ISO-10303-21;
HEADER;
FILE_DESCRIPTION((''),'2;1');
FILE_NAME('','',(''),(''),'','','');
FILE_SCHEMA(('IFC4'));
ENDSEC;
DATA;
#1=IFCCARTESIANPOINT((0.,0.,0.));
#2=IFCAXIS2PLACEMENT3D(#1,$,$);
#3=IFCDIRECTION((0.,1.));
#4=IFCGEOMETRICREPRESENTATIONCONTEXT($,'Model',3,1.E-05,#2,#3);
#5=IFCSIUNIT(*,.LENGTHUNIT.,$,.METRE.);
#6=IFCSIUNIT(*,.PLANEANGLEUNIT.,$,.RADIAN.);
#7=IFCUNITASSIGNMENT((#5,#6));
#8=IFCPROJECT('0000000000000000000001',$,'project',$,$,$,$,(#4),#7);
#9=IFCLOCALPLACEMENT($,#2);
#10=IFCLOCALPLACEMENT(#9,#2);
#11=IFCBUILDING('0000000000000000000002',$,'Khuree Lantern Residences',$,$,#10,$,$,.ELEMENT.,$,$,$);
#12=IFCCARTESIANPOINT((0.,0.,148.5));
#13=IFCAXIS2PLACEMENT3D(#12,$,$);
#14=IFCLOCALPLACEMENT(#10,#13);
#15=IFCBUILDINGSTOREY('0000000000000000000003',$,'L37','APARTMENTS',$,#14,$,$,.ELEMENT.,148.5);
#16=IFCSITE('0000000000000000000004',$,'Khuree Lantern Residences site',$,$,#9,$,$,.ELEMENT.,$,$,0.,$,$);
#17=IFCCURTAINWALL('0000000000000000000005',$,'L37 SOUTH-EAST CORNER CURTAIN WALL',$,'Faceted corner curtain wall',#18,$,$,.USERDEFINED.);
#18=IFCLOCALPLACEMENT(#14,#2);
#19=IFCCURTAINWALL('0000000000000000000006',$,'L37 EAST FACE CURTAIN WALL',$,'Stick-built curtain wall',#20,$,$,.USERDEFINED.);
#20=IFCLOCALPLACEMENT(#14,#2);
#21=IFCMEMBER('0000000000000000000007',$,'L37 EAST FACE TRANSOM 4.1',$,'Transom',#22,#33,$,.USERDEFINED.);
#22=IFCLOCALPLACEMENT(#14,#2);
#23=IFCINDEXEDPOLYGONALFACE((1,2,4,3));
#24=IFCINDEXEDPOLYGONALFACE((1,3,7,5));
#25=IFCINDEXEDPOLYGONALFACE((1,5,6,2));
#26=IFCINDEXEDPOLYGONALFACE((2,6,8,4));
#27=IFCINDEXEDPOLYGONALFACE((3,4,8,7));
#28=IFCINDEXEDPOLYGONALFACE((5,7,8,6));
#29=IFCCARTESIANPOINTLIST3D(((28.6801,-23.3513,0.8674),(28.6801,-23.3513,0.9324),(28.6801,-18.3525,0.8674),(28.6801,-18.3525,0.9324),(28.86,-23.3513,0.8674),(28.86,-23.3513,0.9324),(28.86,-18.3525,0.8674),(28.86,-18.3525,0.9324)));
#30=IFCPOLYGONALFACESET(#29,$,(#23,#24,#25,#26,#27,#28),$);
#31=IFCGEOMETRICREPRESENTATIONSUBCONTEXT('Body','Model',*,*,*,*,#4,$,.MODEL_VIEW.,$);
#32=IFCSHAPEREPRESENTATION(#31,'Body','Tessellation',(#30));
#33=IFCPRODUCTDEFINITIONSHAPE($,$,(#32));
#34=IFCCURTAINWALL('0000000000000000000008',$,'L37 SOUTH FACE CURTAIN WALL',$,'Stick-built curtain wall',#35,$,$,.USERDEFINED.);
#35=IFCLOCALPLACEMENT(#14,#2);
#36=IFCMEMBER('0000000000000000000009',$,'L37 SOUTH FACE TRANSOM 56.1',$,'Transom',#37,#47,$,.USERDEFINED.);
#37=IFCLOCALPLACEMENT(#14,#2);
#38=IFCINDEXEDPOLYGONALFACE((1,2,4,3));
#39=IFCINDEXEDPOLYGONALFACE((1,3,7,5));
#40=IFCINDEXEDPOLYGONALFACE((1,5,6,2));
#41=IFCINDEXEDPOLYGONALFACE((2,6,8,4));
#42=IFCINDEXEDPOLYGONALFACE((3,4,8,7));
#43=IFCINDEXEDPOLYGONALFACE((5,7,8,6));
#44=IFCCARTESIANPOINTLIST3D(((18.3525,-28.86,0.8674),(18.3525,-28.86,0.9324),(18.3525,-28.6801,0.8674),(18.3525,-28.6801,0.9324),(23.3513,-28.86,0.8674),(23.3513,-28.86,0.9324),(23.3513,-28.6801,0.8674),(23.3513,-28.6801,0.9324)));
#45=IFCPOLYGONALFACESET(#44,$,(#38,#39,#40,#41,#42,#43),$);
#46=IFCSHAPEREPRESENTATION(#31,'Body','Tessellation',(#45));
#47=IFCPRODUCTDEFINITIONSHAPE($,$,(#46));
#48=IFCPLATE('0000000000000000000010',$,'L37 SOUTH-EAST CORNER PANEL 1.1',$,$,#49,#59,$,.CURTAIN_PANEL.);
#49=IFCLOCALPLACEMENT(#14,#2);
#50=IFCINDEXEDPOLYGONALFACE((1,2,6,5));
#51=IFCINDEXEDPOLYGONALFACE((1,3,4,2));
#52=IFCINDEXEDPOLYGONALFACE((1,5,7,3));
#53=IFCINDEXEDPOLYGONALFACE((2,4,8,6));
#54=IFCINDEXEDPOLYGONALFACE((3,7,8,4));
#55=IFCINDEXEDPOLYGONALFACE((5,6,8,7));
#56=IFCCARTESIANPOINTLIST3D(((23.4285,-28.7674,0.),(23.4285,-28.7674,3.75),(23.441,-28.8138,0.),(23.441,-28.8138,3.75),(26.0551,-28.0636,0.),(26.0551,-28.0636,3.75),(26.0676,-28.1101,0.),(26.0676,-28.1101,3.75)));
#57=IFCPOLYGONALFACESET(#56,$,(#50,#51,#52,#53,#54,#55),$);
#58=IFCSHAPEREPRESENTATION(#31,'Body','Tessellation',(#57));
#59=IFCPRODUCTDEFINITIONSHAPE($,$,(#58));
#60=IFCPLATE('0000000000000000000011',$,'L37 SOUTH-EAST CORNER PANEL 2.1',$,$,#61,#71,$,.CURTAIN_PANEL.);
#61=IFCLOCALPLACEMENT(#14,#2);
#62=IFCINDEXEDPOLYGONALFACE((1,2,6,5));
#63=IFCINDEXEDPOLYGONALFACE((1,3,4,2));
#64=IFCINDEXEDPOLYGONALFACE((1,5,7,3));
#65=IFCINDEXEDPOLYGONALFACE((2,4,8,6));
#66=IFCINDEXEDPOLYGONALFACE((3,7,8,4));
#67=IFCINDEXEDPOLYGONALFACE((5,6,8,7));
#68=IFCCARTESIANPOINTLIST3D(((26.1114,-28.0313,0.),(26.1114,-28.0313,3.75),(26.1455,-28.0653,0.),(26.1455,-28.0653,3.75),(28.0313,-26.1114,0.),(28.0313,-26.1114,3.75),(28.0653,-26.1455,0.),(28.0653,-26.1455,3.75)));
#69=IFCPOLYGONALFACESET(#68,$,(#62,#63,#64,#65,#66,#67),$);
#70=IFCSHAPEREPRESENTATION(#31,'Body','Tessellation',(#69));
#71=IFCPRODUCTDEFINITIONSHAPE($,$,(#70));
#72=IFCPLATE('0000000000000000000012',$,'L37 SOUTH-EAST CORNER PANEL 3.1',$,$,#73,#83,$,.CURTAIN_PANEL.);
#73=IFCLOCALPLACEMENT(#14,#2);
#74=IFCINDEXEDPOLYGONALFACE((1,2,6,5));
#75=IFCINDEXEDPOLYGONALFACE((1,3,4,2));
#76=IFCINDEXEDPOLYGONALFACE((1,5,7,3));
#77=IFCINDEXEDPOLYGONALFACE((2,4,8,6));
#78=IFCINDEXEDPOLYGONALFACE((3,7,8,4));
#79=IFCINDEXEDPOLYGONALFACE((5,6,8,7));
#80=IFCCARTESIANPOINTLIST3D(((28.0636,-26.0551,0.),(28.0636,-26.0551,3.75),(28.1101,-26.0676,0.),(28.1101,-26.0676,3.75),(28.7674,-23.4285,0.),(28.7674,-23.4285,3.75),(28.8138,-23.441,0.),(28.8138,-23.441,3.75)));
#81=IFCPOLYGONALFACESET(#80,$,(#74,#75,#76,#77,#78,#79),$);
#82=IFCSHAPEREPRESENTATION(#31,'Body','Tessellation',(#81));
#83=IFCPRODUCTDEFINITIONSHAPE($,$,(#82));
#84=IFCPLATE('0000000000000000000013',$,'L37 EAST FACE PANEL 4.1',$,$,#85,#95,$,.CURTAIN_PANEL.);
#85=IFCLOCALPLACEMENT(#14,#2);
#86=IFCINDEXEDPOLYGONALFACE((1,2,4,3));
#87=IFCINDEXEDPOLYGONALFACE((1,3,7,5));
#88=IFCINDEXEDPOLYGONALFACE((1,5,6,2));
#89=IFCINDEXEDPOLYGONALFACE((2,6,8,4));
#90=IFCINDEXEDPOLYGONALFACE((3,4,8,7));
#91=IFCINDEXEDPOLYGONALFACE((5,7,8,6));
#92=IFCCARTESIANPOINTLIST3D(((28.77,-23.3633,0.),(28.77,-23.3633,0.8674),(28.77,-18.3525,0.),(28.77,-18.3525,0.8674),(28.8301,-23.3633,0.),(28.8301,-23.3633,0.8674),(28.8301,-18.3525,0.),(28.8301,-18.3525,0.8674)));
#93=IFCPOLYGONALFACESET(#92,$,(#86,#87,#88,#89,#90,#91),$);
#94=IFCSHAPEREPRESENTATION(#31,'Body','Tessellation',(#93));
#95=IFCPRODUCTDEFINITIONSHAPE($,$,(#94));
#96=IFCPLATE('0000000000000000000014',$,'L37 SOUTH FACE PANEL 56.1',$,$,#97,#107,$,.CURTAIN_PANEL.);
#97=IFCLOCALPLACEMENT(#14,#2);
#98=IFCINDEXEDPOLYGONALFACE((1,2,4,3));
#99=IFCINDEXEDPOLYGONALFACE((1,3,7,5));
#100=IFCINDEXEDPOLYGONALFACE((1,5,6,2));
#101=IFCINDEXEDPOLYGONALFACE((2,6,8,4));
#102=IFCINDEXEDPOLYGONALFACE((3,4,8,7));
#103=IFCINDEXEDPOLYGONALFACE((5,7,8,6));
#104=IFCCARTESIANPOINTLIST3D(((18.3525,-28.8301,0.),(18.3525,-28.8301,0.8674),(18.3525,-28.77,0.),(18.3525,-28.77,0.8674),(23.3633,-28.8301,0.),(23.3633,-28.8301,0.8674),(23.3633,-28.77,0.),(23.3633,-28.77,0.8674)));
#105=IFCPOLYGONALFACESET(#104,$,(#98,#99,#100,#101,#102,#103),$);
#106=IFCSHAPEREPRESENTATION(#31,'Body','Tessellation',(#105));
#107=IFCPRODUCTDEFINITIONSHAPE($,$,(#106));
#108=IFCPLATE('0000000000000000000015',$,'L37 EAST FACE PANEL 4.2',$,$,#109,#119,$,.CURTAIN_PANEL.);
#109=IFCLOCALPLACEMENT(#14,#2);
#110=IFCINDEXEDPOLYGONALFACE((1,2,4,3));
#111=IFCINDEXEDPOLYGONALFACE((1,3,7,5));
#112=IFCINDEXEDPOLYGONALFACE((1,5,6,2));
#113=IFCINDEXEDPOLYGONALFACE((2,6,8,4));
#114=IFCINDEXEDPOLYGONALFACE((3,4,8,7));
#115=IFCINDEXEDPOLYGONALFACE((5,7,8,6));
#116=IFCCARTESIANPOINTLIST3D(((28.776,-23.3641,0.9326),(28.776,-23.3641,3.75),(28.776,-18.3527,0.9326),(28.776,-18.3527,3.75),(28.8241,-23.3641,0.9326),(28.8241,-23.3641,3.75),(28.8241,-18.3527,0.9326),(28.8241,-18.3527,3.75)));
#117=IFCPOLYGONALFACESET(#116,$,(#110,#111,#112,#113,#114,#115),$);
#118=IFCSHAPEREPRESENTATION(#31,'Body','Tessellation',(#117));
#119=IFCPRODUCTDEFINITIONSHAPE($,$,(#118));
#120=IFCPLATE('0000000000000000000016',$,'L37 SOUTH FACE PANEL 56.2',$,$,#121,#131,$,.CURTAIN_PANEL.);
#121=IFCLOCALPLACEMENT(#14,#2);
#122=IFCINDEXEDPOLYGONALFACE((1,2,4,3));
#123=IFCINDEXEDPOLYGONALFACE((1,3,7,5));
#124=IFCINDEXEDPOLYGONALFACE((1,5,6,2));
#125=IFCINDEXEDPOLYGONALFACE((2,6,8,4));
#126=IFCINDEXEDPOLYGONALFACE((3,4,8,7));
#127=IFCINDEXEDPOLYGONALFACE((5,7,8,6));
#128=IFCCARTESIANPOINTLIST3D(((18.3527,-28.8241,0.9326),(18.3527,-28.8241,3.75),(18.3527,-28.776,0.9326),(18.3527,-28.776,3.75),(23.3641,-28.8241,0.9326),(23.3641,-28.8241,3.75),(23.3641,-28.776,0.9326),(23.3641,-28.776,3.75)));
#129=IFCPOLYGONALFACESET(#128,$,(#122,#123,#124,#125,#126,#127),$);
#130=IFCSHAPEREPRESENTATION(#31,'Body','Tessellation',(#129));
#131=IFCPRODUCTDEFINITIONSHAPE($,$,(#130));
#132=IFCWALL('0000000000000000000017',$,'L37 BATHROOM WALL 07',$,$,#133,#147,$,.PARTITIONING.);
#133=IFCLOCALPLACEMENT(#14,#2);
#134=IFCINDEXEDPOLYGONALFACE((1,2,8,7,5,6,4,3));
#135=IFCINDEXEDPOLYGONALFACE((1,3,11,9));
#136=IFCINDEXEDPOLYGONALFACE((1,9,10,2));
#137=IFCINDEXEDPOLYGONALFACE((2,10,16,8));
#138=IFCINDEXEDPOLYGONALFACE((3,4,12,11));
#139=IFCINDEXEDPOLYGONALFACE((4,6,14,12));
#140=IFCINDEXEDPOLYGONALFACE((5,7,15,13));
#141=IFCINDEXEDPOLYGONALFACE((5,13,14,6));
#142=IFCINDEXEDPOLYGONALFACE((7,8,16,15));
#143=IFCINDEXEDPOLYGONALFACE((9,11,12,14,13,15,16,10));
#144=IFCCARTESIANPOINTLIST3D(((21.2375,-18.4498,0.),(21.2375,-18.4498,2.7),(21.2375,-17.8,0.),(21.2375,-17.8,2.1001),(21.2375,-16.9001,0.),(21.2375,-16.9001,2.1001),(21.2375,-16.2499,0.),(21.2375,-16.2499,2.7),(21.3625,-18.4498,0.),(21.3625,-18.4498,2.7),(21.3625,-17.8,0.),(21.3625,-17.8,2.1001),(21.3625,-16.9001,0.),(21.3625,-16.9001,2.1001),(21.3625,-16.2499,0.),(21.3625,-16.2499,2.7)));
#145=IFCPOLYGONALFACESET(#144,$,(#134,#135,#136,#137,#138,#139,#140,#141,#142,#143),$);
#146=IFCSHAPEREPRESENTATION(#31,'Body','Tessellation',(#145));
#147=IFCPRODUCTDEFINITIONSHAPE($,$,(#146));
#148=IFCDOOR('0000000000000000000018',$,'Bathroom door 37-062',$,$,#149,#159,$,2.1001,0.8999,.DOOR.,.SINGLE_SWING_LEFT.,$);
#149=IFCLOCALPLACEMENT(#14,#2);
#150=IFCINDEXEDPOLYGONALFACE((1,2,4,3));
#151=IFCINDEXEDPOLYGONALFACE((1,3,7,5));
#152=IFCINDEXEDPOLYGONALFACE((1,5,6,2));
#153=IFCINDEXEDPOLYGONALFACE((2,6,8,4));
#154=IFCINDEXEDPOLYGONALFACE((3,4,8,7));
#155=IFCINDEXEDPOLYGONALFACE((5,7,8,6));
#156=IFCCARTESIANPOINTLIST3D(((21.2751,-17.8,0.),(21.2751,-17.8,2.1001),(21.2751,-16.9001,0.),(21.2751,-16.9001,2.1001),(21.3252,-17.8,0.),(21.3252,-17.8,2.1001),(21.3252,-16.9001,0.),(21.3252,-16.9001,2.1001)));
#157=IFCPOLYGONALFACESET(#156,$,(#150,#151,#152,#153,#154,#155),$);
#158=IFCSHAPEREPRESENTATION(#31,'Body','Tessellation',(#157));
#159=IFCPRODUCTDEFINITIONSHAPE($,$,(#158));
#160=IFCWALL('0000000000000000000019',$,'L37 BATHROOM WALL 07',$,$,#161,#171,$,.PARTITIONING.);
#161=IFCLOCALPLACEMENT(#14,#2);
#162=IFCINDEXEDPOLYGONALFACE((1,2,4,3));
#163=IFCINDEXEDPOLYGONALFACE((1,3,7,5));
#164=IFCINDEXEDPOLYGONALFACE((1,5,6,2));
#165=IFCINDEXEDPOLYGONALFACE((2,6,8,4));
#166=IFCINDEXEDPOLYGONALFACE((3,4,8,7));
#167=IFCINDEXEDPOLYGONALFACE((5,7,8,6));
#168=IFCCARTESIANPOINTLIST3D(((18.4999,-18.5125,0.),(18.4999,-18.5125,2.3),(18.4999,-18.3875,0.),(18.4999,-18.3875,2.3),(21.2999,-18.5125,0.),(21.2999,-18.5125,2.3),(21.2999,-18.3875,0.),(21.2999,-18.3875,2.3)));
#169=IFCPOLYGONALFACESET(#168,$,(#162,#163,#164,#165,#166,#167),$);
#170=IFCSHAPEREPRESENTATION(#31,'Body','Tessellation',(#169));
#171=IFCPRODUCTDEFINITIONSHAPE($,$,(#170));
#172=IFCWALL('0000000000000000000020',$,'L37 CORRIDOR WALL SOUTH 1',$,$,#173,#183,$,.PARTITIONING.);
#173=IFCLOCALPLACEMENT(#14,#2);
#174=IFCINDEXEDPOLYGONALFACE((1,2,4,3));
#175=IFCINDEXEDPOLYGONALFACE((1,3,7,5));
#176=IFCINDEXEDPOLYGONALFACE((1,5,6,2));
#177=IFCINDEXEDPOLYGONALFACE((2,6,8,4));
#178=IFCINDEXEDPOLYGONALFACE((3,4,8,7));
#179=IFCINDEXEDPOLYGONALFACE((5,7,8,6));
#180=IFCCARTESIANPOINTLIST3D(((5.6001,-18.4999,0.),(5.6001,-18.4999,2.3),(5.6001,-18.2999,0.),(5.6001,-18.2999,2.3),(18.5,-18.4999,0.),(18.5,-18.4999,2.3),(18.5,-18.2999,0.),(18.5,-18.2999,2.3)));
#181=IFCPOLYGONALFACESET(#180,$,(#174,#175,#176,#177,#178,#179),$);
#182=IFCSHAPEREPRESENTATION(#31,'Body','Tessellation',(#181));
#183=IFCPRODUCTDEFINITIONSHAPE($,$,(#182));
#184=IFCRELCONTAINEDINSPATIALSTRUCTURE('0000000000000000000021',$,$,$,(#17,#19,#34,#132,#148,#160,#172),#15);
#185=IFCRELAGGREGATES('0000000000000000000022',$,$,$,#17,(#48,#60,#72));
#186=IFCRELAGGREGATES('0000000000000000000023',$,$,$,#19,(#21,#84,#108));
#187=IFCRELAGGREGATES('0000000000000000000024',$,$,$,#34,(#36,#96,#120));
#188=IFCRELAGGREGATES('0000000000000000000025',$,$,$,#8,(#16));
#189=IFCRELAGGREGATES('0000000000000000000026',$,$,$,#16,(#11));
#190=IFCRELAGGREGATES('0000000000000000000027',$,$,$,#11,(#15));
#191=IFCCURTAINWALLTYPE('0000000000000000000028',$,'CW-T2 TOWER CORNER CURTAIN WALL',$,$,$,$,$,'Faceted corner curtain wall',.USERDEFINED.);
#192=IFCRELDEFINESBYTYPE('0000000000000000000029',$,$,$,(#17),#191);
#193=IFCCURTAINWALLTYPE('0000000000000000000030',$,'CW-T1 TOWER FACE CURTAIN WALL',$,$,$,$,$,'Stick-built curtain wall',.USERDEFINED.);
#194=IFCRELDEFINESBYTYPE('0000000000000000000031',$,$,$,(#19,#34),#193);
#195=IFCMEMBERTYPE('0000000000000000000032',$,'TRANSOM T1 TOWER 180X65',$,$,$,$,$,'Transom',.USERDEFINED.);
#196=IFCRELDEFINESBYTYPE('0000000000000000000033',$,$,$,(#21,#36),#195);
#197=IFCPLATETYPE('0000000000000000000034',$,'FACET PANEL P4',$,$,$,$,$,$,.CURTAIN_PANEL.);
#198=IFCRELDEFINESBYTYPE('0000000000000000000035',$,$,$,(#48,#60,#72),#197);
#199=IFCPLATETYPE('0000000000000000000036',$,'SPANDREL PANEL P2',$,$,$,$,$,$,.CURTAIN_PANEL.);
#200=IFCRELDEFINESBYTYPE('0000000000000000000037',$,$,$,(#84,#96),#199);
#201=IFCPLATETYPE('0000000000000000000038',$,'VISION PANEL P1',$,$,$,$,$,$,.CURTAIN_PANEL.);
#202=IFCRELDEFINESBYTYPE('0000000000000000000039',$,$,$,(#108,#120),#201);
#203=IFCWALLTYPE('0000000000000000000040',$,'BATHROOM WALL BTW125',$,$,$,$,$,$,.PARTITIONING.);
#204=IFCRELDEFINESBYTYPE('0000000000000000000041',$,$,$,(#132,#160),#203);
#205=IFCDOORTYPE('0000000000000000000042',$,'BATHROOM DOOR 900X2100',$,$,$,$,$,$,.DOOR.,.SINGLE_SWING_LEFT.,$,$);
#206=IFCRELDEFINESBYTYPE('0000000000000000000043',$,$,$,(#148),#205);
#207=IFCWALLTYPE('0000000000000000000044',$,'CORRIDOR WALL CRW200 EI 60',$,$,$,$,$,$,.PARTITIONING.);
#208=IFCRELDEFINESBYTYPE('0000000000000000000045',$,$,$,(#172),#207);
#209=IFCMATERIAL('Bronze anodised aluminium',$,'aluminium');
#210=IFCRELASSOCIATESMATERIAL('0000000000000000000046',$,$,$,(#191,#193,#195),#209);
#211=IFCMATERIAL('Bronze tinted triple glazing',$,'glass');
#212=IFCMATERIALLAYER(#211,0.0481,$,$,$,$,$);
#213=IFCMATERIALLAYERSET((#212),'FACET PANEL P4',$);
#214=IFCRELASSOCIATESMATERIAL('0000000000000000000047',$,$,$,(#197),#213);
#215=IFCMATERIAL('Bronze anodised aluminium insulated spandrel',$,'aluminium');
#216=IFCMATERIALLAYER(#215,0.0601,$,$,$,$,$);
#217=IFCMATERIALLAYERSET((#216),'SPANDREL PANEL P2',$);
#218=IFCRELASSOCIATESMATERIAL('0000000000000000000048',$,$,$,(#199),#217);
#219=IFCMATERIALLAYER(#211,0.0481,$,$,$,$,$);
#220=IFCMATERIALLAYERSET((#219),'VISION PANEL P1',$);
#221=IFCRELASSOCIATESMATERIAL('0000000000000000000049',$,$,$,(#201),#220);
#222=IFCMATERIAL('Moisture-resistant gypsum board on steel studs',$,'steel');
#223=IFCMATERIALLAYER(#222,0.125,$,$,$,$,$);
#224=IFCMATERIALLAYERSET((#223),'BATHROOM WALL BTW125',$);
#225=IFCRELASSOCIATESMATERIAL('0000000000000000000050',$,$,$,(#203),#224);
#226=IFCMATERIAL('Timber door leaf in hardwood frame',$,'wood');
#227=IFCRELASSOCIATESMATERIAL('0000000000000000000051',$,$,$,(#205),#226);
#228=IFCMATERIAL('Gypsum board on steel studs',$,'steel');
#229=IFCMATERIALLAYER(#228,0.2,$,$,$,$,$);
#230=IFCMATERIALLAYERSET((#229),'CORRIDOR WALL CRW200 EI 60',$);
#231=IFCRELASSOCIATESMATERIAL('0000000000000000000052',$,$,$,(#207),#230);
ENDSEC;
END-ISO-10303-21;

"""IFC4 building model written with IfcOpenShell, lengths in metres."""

from ifc_helpers import new_model, si_unit, direction, frame, frame_2d, origin, origin_2d, place, context, subcontext, project, spatial, rectangle, extrude, material, layer, layer_set, material_profile, profile_set, type_object, element, fill, aggregate, save


model = new_model("IFC4")

# Units and contexts
model_context = context("Model", 3, precision=1e-05, world=origin(), true_north=direction((0.0, 1.0)))
body_context = subcontext(model_context, "Body", "Model", "MODEL_VIEW")
ifc_project = project(units=[si_unit("LENGTHUNIT", "METRE"), si_unit("PLANEANGLEUNIT", "RADIAN")], contexts=[model_context])

# Site, building, storey
site_placement = place(None, origin())
site = spatial("IfcSite", under=ifc_project, at=site_placement, Name="Khuree Lantern Residences site", CompositionType="ELEMENT", RefElevation=0.0)
building_placement = place(site_placement, origin())
building = spatial("IfcBuilding", under=site, at=building_placement, Name="Khuree Lantern Residences", CompositionType="ELEMENT")
storey_placement = place(building_placement, frame((0.0, 0.0, 148.5)))
storey = spatial("IfcBuildingStorey", under=building, at=storey_placement, Name="L37", Description="APARTMENTS", CompositionType="ELEMENT", Elevation=148.5)

# Curtain wall
ifc_material_1 = material(Name="Bronze anodised aluminium", Category="aluminium")
curtain_wall_type_1 = type_object("IfcCurtainWallType", Name="CW-T2 TOWER CORNER CURTAIN WALL", ElementType="Faceted corner curtain wall", PredefinedType="USERDEFINED", material=ifc_material_1)
curtain_wall_1_placement = place(storey_placement, origin())
curtain_wall_1 = element("IfcCurtainWall", 1, at=curtain_wall_1_placement, inside=storey, type_object=curtain_wall_type_1, Name="L37 SOUTH-EAST CORNER CURTAIN WALL", ObjectType="Faceted corner curtain wall", PredefinedType="USERDEFINED")

# Curtain wall, member
curtain_wall_type_2 = type_object("IfcCurtainWallType", Name="CW-T1 TOWER FACE CURTAIN WALL", ElementType="Stick-built curtain wall", PredefinedType="USERDEFINED", material=ifc_material_1)
curtain_wall_2_placement = place(storey_placement, origin())
curtain_wall_2 = element("IfcCurtainWall", 2, at=curtain_wall_2_placement, inside=storey, type_object=curtain_wall_type_2, Name="L37 EAST FACE CURTAIN WALL", ObjectType="Stick-built curtain wall", PredefinedType="USERDEFINED")
ifc_material_profile_1 = material_profile(ifc_material_1, rectangle(XDim=0.1799, YDim=0.0649, at=origin_2d()), Name="T1 180X65")
ifc_profile_set_1 = profile_set([ifc_material_profile_1], Name="Bronze anodised aluminium")
member_type_1 = type_object("IfcMemberType", Name="TRANSOM T1 TOWER 180X65", ElementType="Transom", PredefinedType="USERDEFINED", material=ifc_profile_set_1)
member_1_placement = place(storey_placement, frame((28.77, -23.3513, 0.8999), z_axis=(0.0, 1.0, 0.0), x_axis=(-1.0, 0.0, 0.0)))
member_1 = element("IfcMember", 3, at=member_1_placement, type_object=member_type_1, Name="L37 EAST FACE TRANSOM 4.1", ObjectType="Transom", PredefinedType="USERDEFINED", context=body_context, shape_type="SweptSolid", body=[
    extrude(rectangle(XDim=0.1799, YDim=0.0649, at=origin_2d()), origin(), (0.0, 0.0, 1.0), 4.9988),
])

# Curtain wall, member
curtain_wall_3_placement = place(storey_placement, origin())
curtain_wall_3 = element("IfcCurtainWall", 4, at=curtain_wall_3_placement, inside=storey, type_object=curtain_wall_type_2, Name="L37 SOUTH FACE CURTAIN WALL", ObjectType="Stick-built curtain wall", PredefinedType="USERDEFINED")
member_2_placement = place(storey_placement, frame((18.3525, -28.77, 0.8999), z_axis=(1.0, 0.0, 0.0), x_axis=(0.0, 1.0, 0.0)))
member_2 = element("IfcMember", 5, at=member_2_placement, type_object=member_type_1, Name="L37 SOUTH FACE TRANSOM 56.1", ObjectType="Transom", PredefinedType="USERDEFINED", context=body_context, shape_type="SweptSolid", body=[
    extrude(rectangle(XDim=0.1799, YDim=0.0649, at=origin_2d()), origin(), (0.0, 0.0, 1.0), 4.9988),
])

# Plates
ifc_material_2 = material(Name="Bronze tinted triple glazing", Category="glass")
ifc_layer_1 = layer(ifc_material_2, 0.0481)
ifc_layer_set_1 = layer_set([ifc_layer_1], Name="FACET PANEL P4")
plate_type_1 = type_object("IfcPlateType", Name="FACET PANEL P4", PredefinedType="CURTAIN_PANEL", material=ifc_layer_set_1)
plate_1_placement = place(storey_placement, frame((24.748, -28.4387, 0.0), z_axis=(0.0, 0.0, 1.0), x_axis=(0.965926, 0.258819, 0.0)))
plate_1 = element("IfcPlate", 6, at=plate_1_placement, type_object=plate_type_1, Name="L37 SOUTH-EAST CORNER PANEL 1.1", PredefinedType="CURTAIN_PANEL", context=body_context, shape_type="SweptSolid", body=[
    extrude(rectangle(XDim=2.7192, YDim=0.0481, at=origin_2d()), origin(), (0.0, 0.0, 1.0), 3.75),
])
plate_2_placement = place(storey_placement, frame((27.0884, -27.0884, 0.0), z_axis=(0.0, 0.0, 1.0), x_axis=(0.707107, 0.707107, 0.0)))
plate_2 = element("IfcPlate", 7, at=plate_2_placement, type_object=plate_type_1, Name="L37 SOUTH-EAST CORNER PANEL 2.1", PredefinedType="CURTAIN_PANEL", context=body_context, shape_type="SweptSolid", body=[
    extrude(rectangle(XDim=2.7151, YDim=0.0481, at=origin_2d()), origin(), (0.0, 0.0, 1.0), 3.75),
])
plate_3_placement = place(storey_placement, frame((28.4387, -24.748, 0.0), z_axis=(0.0, 0.0, 1.0), x_axis=(0.258819, 0.965926, 0.0)))
plate_3 = element("IfcPlate", 8, at=plate_3_placement, type_object=plate_type_1, Name="L37 SOUTH-EAST CORNER PANEL 3.1", PredefinedType="CURTAIN_PANEL", context=body_context, shape_type="SweptSolid", body=[
    extrude(rectangle(XDim=2.7192, YDim=0.0481, at=origin_2d()), origin(), (0.0, 0.0, 1.0), 3.75),
])
aggregate(curtain_wall_1, [plate_1, plate_2, plate_3])
ifc_material_3 = material(Name="Bronze anodised aluminium insulated spandrel", Category="aluminium")
ifc_layer_2 = layer(ifc_material_3, 0.0601)
ifc_layer_set_2 = layer_set([ifc_layer_2], Name="SPANDREL PANEL P2")
plate_type_2 = type_object("IfcPlateType", Name="SPANDREL PANEL P2", PredefinedType="CURTAIN_PANEL", material=ifc_layer_set_2)
plate_4_placement = place(storey_placement, frame((28.8, -20.8579, 0.0), z_axis=(0.0, 0.0, 1.0), x_axis=(0.0, 1.0, 0.0)))
plate_4 = element("IfcPlate", 9, at=plate_4_placement, type_object=plate_type_2, Name="L37 EAST FACE PANEL 4.1", PredefinedType="CURTAIN_PANEL", context=body_context, shape_type="SweptSolid", body=[
    extrude(rectangle(XDim=5.0107, YDim=0.0601, at=origin_2d()), origin(), (0.0, 0.0, 1.0), 0.8674),
])
plate_5_placement = place(storey_placement, frame((20.8579, -28.8, 0.0), z_axis=(0.0, 0.0, 1.0), x_axis=(1.0, 0.0, 0.0)))
plate_5 = element("IfcPlate", 10, at=plate_5_placement, type_object=plate_type_2, Name="L37 SOUTH FACE PANEL 56.1", PredefinedType="CURTAIN_PANEL", context=body_context, shape_type="SweptSolid", body=[
    extrude(rectangle(XDim=5.0107, YDim=0.0601, at=origin_2d()), origin(), (0.0, 0.0, 1.0), 0.8674),
])
ifc_layer_3 = layer(ifc_material_2, 0.0481)
ifc_layer_set_3 = layer_set([ifc_layer_3], Name="VISION PANEL P1")
plate_type_3 = type_object("IfcPlateType", Name="VISION PANEL P1", PredefinedType="CURTAIN_PANEL", material=ifc_layer_set_3)
plate_6_placement = place(storey_placement, frame((28.8, -20.8584, 0.9326), z_axis=(0.0, 0.0, 1.0), x_axis=(0.0, 1.0, 0.0)))
plate_6 = element("IfcPlate", 11, at=plate_6_placement, type_object=plate_type_3, Name="L37 EAST FACE PANEL 4.2", PredefinedType="CURTAIN_PANEL", context=body_context, shape_type="SweptSolid", body=[
    extrude(rectangle(XDim=5.0115, YDim=0.0481, at=origin_2d()), origin(), (0.0, 0.0, 1.0), 2.8174),
])
aggregate(curtain_wall_2, [member_1, plate_4, plate_6])
plate_7_placement = place(storey_placement, frame((20.8584, -28.8, 0.9326), z_axis=(0.0, 0.0, 1.0), x_axis=(1.0, 0.0, 0.0)))
plate_7 = element("IfcPlate", 12, at=plate_7_placement, type_object=plate_type_3, Name="L37 SOUTH FACE PANEL 56.2", PredefinedType="CURTAIN_PANEL", context=body_context, shape_type="SweptSolid", body=[
    extrude(rectangle(XDim=5.0115, YDim=0.0481, at=origin_2d()), origin(), (0.0, 0.0, 1.0), 2.8174),
])
aggregate(curtain_wall_3, [member_2, plate_5, plate_7])

# Wall, opening, door
ifc_material_4 = material(Name="Moisture-resistant gypsum board on steel studs", Category="steel")
ifc_layer_4 = layer(ifc_material_4, 0.125)
ifc_layer_set_4 = layer_set([ifc_layer_4], Name="BATHROOM WALL BTW125")
wall_type_1 = type_object("IfcWallType", Name="BATHROOM WALL BTW125", PredefinedType="PARTITIONING", material=ifc_layer_set_4)
wall_1_placement = place(storey_placement, frame((21.3, -18.45, 0.0), z_axis=(0.0, 0.0, 1.0), x_axis=(0.0, 1.0, 0.0)))
wall_1 = element("IfcWall", 13, at=wall_1_placement, inside=storey, type_object=wall_type_1, Name="L37 BATHROOM WALL 07", PredefinedType="PARTITIONING", context=body_context, shape_type="SweptSolid", body=[
    extrude(rectangle(XDim=2.2, YDim=0.125, at=frame_2d((1.1001, 0.0))), origin(), (0.0, 0.0, 1.0), 2.7),
])
opening_placement = place(wall_1_placement, frame((0.6499, 0.0, 0.0)))
opening = element("IfcOpeningElement", 14, at=opening_placement, cuts=wall_1, PredefinedType="OPENING", context=body_context, shape_type="SweptSolid", body=[
    extrude(rectangle(XDim=0.8999, YDim=2.1001, at=frame_2d((0.45, 1.05))), frame((0.0, 0.0725, 0.0), z_axis=(0.0, -1.0, 0.0), x_axis=(1.0, 0.0, 0.0)), (0.0, 0.0, 1.0), 0.145),
])
ifc_material_5 = material(Name="Timber door leaf in hardwood frame", Category="wood")
door_type = type_object("IfcDoorType", Name="BATHROOM DOOR 900X2100", OperationType="SINGLE_SWING_LEFT", PredefinedType="DOOR", material=ifc_material_5)
door_placement = place(opening_placement, origin())
door = element("IfcDoor", 15, at=door_placement, inside=storey, type_object=door_type, Name="Bathroom door 37-062", OperationType="SINGLE_SWING_LEFT", OverallHeight=2.1001, OverallWidth=0.8999, PredefinedType="DOOR", context=body_context, shape_type="SweptSolid", body=[
    extrude(rectangle(XDim=0.8999, YDim=2.1001, at=frame_2d((0.45, 1.05))), frame((0.0, 0.0249, 0.0), z_axis=(0.0, -1.0, 0.0), x_axis=(1.0, 0.0, 0.0)), (0.0, 0.0, 1.0), 0.05),
])
fill(opening, door)

# Walls
wall_2_placement = place(storey_placement, frame((18.5, -18.45, 0.0), z_axis=(0.0, 0.0, 1.0), x_axis=(1.0, 0.0, 0.0)))
element("IfcWall", 16, at=wall_2_placement, inside=storey, type_object=wall_type_1, Name="L37 BATHROOM WALL 07", PredefinedType="PARTITIONING", context=body_context, shape_type="SweptSolid", body=[
    extrude(rectangle(XDim=2.8, YDim=0.125, at=frame_2d((1.3999, 0.0))), origin(), (0.0, 0.0, 1.0), 2.3),
])
ifc_material_6 = material(Name="Gypsum board on steel studs", Category="steel")
ifc_layer_5 = layer(ifc_material_6, 0.2)
ifc_layer_set_5 = layer_set([ifc_layer_5], Name="CORRIDOR WALL CRW200 EI 60")
wall_type_2 = type_object("IfcWallType", Name="CORRIDOR WALL CRW200 EI 60", PredefinedType="PARTITIONING", material=ifc_layer_set_5)
wall_3_placement = place(storey_placement, frame((18.5, -18.3999, 0.0), z_axis=(0.0, 0.0, 1.0), x_axis=(-1.0, 0.0, 0.0)))
element("IfcWall", 17, at=wall_3_placement, inside=storey, type_object=wall_type_2, Name="L37 CORRIDOR WALL SOUTH 1", PredefinedType="PARTITIONING", context=body_context, shape_type="SweptSolid", body=[
    extrude(rectangle(XDim=12.8999, YDim=0.2, at=frame_2d((6.45, 0.0))), origin(), (0.0, 0.0, 1.0), 2.3),
])

save(model, "model.ifc")
